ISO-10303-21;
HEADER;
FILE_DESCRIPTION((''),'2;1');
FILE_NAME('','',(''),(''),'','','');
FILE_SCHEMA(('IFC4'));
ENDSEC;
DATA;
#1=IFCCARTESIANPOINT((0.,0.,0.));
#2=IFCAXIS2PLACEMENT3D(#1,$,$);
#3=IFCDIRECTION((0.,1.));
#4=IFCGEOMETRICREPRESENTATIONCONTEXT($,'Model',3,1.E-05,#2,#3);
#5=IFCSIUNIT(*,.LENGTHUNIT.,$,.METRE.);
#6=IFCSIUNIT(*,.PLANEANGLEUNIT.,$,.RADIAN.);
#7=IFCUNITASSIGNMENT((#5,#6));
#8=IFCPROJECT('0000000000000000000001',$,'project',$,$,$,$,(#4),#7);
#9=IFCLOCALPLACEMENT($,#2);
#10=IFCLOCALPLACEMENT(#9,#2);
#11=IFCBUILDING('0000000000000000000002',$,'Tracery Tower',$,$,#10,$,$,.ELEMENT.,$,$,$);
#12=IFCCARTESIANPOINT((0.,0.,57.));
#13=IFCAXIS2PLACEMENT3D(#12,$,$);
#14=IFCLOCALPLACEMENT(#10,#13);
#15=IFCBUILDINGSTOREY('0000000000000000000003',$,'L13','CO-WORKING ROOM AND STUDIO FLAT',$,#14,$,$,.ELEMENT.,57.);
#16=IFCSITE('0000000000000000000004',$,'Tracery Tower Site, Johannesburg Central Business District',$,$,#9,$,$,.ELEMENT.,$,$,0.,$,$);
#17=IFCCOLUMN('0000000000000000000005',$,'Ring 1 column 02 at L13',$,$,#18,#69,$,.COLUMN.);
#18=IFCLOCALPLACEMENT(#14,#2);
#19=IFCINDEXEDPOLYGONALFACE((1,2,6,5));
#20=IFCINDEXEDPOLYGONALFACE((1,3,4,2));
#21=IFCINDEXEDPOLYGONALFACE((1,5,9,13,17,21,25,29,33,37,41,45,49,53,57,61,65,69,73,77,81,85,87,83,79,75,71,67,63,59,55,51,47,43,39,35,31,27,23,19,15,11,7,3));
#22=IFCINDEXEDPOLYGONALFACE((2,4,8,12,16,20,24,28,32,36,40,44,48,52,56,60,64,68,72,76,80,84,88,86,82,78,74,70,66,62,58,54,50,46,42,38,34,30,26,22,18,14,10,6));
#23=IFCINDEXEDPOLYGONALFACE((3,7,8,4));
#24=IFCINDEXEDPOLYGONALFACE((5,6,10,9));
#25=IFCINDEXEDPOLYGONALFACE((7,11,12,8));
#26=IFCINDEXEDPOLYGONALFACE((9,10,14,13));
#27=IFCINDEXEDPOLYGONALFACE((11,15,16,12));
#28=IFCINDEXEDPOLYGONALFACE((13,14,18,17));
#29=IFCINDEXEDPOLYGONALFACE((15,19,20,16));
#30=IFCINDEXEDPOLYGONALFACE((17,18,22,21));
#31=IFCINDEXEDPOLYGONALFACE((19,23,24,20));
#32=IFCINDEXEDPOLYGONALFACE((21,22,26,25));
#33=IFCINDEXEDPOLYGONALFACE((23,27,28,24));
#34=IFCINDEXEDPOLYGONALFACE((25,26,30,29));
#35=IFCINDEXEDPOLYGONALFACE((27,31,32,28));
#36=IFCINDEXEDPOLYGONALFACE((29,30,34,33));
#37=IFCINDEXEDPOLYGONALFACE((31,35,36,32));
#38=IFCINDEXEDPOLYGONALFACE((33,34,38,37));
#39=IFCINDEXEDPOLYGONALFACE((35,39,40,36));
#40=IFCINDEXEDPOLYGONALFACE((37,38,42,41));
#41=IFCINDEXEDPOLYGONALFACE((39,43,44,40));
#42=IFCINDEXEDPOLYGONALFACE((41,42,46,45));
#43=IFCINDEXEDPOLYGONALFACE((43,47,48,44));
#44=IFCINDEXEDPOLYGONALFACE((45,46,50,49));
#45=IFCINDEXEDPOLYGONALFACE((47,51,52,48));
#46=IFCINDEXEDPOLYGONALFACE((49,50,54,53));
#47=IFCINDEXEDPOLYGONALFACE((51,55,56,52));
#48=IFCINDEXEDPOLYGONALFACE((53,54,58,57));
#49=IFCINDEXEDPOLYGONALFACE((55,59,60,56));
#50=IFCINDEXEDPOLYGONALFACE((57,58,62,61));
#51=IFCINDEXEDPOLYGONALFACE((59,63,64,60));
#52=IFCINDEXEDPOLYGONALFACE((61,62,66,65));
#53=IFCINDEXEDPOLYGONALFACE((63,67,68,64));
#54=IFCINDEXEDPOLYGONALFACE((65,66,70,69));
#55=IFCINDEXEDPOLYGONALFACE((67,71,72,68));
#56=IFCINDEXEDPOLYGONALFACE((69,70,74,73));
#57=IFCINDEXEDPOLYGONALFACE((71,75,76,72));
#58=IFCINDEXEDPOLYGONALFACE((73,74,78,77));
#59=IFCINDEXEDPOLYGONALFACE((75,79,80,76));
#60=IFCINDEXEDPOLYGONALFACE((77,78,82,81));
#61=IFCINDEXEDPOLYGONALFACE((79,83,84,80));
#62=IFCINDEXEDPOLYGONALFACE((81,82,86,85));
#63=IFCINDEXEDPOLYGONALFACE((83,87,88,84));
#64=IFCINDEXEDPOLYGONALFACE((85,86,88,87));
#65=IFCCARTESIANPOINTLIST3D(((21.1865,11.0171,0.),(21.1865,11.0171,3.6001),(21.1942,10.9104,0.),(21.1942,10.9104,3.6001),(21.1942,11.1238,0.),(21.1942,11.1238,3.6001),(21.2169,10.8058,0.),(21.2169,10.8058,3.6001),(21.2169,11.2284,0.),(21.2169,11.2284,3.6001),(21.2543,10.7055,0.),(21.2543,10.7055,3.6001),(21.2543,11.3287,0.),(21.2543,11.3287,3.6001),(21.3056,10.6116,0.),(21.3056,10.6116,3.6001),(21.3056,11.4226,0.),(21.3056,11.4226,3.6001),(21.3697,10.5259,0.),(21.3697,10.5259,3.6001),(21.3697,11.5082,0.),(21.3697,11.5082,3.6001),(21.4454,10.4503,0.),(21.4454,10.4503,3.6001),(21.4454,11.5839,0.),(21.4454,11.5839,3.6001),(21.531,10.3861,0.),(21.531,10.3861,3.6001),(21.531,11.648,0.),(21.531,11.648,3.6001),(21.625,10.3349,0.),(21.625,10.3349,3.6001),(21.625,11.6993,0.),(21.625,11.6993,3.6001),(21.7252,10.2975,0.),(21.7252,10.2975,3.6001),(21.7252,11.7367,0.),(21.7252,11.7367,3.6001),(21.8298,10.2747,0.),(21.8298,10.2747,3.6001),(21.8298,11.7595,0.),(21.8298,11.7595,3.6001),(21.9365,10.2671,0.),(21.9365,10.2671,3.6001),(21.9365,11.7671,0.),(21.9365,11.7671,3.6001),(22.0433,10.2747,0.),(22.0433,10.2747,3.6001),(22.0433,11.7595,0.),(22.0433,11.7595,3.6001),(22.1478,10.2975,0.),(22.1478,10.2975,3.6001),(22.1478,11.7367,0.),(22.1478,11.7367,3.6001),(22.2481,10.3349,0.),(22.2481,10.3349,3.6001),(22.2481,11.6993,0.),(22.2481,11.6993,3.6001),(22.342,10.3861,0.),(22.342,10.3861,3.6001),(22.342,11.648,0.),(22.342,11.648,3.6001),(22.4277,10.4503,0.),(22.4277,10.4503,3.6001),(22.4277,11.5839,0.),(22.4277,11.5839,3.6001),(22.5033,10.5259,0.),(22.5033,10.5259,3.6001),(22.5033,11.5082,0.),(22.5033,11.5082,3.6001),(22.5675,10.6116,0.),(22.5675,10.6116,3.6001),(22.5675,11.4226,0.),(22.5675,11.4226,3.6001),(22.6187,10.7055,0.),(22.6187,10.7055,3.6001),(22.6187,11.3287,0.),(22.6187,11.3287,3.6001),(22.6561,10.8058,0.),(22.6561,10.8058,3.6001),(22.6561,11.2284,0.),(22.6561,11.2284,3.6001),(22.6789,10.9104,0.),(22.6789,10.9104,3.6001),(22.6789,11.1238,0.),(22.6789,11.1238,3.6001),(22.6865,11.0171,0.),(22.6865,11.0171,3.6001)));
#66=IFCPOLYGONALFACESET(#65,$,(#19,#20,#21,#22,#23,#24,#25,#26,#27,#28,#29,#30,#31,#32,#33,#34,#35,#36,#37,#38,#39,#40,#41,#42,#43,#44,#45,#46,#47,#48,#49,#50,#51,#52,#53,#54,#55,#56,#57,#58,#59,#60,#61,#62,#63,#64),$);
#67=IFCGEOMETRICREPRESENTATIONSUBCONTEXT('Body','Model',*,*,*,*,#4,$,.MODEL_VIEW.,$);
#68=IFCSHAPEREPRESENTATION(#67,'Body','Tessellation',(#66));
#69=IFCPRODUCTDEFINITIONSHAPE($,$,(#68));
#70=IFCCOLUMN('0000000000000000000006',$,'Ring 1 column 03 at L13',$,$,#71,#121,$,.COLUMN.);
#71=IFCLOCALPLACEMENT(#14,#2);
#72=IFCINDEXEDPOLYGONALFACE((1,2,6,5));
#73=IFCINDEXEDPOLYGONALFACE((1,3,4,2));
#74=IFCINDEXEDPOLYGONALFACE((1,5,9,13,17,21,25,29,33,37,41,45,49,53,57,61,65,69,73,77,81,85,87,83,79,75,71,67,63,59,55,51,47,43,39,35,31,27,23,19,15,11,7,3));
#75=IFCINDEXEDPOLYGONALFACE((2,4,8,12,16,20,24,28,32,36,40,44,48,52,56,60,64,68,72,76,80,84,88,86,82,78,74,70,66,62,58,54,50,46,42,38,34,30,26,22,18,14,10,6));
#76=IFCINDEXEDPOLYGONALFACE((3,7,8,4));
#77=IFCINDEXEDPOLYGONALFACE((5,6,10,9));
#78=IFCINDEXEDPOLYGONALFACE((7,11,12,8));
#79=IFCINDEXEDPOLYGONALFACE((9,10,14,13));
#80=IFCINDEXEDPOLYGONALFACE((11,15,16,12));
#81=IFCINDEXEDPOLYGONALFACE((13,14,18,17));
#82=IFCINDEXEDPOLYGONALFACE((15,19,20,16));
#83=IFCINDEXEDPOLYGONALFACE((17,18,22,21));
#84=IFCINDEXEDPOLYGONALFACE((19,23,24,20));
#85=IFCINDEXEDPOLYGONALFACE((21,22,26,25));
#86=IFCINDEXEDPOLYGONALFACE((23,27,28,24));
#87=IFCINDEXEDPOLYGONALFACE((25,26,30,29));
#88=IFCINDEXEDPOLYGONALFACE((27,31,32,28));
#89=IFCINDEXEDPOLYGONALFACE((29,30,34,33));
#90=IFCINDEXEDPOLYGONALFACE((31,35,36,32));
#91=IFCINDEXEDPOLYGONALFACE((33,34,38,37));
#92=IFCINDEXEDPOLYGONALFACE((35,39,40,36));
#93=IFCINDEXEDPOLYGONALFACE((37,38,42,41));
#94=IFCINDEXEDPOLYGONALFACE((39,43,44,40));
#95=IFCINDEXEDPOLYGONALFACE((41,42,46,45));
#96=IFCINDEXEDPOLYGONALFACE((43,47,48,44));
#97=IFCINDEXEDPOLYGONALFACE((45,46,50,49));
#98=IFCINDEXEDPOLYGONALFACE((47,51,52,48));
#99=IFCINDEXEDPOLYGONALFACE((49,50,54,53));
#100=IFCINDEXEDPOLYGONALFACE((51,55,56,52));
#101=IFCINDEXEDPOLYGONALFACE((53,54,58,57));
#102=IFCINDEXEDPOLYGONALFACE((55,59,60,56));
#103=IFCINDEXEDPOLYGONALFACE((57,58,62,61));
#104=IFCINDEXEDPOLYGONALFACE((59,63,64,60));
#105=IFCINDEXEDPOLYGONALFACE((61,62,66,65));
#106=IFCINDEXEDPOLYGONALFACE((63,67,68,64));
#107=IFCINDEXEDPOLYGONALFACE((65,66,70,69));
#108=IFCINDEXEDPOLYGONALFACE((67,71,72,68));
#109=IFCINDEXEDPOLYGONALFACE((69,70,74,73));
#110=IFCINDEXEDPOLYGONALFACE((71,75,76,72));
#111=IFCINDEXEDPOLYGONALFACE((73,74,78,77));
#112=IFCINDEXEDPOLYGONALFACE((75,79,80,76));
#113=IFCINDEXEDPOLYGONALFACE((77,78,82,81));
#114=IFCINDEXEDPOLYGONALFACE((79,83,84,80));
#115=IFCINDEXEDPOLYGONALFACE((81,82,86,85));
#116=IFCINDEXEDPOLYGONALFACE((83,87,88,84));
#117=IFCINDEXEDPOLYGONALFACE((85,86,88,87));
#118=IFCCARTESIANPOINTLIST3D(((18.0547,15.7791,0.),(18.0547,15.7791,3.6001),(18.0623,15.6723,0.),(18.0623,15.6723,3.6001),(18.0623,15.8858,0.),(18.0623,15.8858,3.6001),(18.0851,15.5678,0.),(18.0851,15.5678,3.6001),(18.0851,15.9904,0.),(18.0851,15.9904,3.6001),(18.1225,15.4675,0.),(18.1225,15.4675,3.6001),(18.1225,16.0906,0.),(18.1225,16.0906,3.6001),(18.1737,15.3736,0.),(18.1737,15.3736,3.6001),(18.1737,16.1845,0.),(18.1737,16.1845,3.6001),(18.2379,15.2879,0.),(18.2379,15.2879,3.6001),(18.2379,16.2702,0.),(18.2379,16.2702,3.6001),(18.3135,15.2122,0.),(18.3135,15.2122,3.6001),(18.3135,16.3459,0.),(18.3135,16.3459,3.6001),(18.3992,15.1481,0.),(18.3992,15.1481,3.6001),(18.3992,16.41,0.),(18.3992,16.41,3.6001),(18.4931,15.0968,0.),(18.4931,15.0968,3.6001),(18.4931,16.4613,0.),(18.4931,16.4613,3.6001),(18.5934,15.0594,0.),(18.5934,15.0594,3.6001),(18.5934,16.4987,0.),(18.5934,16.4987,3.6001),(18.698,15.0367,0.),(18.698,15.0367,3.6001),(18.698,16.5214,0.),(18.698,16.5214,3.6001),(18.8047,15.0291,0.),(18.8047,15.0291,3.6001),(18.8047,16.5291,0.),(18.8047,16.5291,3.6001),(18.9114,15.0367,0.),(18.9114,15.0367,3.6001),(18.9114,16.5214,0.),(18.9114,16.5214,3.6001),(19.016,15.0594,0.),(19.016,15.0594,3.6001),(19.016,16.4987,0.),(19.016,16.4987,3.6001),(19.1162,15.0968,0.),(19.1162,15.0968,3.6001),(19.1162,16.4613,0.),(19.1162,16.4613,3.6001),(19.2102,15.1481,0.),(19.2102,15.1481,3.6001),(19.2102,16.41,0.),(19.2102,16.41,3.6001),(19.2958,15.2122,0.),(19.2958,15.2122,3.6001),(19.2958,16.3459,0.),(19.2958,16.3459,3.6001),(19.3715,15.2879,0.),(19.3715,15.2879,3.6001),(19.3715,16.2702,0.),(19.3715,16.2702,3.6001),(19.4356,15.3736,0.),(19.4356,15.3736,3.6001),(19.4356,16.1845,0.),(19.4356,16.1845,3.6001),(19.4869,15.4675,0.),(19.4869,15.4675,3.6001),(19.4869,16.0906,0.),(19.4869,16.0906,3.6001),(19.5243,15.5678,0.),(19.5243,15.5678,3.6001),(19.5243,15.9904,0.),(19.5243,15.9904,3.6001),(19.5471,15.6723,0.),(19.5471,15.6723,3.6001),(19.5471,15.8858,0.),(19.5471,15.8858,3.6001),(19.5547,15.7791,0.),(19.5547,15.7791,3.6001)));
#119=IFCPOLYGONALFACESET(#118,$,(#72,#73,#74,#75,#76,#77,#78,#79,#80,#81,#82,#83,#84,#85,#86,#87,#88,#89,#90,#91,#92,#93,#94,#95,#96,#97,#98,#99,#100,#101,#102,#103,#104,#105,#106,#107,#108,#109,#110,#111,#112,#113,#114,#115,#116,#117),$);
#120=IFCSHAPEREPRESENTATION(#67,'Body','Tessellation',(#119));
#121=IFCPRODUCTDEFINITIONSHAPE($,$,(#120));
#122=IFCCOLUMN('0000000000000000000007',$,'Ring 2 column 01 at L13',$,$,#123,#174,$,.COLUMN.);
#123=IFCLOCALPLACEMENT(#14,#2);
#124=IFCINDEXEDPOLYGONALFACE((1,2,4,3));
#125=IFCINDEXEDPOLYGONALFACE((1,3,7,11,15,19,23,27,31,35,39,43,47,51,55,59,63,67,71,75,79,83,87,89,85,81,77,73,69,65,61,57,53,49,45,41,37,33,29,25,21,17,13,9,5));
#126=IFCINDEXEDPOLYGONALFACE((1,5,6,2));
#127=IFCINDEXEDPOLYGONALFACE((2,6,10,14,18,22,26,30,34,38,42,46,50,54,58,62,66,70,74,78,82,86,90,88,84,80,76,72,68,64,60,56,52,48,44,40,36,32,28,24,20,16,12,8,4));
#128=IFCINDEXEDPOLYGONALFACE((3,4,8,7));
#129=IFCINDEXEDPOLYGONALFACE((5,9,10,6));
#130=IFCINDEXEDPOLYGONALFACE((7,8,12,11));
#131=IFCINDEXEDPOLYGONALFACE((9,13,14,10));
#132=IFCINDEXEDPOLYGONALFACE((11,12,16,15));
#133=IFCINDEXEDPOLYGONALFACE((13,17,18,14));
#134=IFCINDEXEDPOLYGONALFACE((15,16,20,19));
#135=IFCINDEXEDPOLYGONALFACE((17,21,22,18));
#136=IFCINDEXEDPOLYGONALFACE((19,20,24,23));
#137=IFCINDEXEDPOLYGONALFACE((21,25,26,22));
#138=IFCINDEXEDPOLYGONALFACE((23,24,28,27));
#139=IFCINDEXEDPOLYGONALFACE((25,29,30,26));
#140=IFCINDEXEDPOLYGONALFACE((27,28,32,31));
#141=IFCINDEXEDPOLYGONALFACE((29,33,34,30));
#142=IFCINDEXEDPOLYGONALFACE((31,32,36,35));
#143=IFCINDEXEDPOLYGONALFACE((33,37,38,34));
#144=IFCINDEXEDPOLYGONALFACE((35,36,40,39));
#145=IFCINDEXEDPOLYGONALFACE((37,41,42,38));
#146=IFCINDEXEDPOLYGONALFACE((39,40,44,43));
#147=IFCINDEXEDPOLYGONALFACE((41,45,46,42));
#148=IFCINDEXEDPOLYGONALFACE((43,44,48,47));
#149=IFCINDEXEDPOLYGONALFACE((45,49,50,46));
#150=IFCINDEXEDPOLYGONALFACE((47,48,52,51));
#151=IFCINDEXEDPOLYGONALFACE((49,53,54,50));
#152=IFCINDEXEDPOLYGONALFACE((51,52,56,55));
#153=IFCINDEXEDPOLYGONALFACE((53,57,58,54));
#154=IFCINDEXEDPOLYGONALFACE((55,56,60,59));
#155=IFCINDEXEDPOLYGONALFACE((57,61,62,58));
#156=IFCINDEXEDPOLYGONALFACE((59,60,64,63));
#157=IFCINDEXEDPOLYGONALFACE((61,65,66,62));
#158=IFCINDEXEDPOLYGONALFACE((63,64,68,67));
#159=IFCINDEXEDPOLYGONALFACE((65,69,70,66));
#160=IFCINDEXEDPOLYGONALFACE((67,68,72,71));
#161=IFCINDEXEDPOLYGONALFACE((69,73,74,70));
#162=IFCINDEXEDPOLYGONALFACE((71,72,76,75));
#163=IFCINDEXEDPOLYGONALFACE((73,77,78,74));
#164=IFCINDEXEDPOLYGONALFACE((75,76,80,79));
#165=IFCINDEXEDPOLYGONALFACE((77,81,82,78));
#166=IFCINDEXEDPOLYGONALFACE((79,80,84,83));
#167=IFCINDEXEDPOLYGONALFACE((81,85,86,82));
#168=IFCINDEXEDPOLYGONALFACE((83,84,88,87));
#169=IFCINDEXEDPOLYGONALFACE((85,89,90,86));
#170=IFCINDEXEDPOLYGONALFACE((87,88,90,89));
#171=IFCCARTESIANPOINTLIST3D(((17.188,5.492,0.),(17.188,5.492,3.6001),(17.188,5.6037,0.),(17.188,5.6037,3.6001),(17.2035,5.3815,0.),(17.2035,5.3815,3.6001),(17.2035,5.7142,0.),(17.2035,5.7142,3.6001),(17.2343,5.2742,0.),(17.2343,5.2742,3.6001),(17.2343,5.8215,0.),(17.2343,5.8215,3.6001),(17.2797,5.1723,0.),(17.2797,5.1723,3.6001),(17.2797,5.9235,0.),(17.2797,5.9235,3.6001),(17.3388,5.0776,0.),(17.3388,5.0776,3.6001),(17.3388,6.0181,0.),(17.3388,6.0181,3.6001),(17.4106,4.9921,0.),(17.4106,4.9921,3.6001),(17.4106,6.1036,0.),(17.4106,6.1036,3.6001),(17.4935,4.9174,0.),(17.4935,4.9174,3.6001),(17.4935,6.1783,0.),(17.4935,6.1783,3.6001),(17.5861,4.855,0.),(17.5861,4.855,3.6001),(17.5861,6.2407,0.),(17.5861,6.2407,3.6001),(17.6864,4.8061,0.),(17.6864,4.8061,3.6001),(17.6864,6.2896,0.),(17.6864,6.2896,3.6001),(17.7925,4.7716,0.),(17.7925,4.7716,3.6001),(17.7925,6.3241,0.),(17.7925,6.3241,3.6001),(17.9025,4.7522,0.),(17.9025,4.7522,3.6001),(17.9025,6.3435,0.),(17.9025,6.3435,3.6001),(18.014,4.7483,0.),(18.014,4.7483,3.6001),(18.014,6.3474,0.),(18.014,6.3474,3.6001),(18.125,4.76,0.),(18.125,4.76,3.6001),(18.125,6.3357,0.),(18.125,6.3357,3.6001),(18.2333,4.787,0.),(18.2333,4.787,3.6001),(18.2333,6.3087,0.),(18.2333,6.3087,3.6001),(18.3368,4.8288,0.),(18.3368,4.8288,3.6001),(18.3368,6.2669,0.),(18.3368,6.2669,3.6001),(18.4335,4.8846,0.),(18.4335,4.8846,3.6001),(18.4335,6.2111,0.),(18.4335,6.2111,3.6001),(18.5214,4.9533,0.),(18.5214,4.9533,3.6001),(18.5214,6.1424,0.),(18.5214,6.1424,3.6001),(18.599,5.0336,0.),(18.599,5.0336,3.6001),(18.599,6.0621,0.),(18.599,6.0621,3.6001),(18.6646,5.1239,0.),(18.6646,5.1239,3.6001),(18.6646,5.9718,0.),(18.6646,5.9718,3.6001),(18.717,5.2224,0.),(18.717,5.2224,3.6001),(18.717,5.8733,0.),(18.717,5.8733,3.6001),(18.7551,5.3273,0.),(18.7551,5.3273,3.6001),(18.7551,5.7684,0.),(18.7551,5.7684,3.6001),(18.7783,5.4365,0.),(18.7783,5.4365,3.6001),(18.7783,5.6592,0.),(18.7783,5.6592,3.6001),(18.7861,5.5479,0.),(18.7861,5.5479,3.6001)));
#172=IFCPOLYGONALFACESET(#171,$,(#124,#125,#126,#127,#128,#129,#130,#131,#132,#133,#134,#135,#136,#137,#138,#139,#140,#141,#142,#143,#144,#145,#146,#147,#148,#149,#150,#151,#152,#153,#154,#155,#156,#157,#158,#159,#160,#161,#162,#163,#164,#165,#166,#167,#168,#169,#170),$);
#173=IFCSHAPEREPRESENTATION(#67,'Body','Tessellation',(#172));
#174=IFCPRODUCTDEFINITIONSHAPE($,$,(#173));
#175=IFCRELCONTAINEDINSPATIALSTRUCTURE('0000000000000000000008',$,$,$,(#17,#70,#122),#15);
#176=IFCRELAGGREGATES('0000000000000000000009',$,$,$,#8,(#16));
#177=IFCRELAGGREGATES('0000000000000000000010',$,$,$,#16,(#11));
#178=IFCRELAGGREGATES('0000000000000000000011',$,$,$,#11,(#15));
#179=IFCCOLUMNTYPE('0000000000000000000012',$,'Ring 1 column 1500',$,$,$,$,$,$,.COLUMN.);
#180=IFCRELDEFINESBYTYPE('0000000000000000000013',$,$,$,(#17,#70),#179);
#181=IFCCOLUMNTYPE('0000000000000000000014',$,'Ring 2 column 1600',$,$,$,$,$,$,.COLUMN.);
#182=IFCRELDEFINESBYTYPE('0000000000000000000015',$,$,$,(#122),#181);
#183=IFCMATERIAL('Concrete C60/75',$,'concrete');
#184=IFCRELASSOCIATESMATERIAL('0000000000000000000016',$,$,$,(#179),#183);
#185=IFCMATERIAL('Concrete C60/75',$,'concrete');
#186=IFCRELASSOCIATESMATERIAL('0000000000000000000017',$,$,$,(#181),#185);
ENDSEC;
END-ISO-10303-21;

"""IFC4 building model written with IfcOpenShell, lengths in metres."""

from ifc_helpers import new_model, si_unit, direction, frame, origin, origin_2d, place, context, subcontext, project, spatial, circle, extrude, material, material_profile, profile_set, type_object, element, save


model = new_model("IFC4")

# Units and contexts
model_context = context("Model", 3, precision=1e-05, world=origin(), true_north=direction((0.0, 1.0)))
body_context = subcontext(model_context, "Body", "Model", "MODEL_VIEW")
ifc_project = project(units=[si_unit("LENGTHUNIT", "METRE"), si_unit("PLANEANGLEUNIT", "RADIAN")], contexts=[model_context])

# Site, building, storey
site_placement = place(None, origin())
site = spatial("IfcSite", under=ifc_project, at=site_placement, Name="Tracery Tower Site, Johannesburg Central Business District", CompositionType="ELEMENT", RefElevation=0.0)
building_placement = place(site_placement, origin())
building = spatial("IfcBuilding", under=site, at=building_placement, Name="Tracery Tower", CompositionType="ELEMENT")
storey_placement = place(building_placement, frame((0.0, 0.0, 57.0)))
storey = spatial("IfcBuildingStorey", under=building, at=storey_placement, Name="L13", Description="CO-WORKING ROOM AND STUDIO FLAT", CompositionType="ELEMENT", Elevation=57.0)

# Columns
ifc_material_1 = material(Name="Concrete C60/75", Category="concrete")
ifc_material_profile_1 = material_profile(ifc_material_1, circle(Radius=0.75, at=origin_2d()), Name="RC D1500")
ifc_profile_set_1 = profile_set([ifc_material_profile_1], Name="Concrete C60/75")
column_type_1 = type_object("IfcColumnType", Name="Ring 1 column 1500", PredefinedType="COLUMN", material=ifc_profile_set_1)
for number, where, z_axis, x_axis, name in (
    (1, (21.9365, 11.0171, 0.0), (0.0, 0.0, 1.0), (1.0, 0.0, 0.0), "Ring 1 column 02 at L13"),
    (2, (18.8047, 15.7791, 0.0), (0.0, 0.0, 1.0), (1.0, 0.0, 0.0), "Ring 1 column 03 at L13"),
):
    element("IfcColumn", number, at=place(storey_placement, frame(where, z_axis=z_axis, x_axis=x_axis)), inside=storey, type_object=column_type_1, Name=name, PredefinedType="COLUMN", context=body_context, shape_type="SweptSolid", body=[
        extrude(circle(Radius=0.75, at=origin_2d()), origin(), (0.0, 0.0, 1.0), 3.6001),
    ])
ifc_material_2 = material(Name="Concrete C60/75", Category="concrete")
ifc_material_profile_2 = material_profile(ifc_material_2, circle(Radius=0.8, at=origin_2d()), Name="RC D1600")
ifc_profile_set_2 = profile_set([ifc_material_profile_2], Name="Concrete C60/75")
column_type_2 = type_object("IfcColumnType", Name="Ring 2 column 1600", PredefinedType="COLUMN", material=ifc_profile_set_2)
for number, where, z_axis, x_axis, name in (
    (3, (17.9861, 5.5479, 0.0), (0.0, 0.0, 1.0), (1.0, 0.0, 0.0), "Ring 2 column 01 at L13"),
):
    element("IfcColumn", number, at=place(storey_placement, frame(where, z_axis=z_axis, x_axis=x_axis)), inside=storey, type_object=column_type_2, Name=name, PredefinedType="COLUMN", context=body_context, shape_type="SweptSolid", body=[
        extrude(circle(Radius=0.8, at=origin_2d()), origin(), (0.0, 0.0, 1.0), 3.6001),
    ])

save(model, "model.ifc")
